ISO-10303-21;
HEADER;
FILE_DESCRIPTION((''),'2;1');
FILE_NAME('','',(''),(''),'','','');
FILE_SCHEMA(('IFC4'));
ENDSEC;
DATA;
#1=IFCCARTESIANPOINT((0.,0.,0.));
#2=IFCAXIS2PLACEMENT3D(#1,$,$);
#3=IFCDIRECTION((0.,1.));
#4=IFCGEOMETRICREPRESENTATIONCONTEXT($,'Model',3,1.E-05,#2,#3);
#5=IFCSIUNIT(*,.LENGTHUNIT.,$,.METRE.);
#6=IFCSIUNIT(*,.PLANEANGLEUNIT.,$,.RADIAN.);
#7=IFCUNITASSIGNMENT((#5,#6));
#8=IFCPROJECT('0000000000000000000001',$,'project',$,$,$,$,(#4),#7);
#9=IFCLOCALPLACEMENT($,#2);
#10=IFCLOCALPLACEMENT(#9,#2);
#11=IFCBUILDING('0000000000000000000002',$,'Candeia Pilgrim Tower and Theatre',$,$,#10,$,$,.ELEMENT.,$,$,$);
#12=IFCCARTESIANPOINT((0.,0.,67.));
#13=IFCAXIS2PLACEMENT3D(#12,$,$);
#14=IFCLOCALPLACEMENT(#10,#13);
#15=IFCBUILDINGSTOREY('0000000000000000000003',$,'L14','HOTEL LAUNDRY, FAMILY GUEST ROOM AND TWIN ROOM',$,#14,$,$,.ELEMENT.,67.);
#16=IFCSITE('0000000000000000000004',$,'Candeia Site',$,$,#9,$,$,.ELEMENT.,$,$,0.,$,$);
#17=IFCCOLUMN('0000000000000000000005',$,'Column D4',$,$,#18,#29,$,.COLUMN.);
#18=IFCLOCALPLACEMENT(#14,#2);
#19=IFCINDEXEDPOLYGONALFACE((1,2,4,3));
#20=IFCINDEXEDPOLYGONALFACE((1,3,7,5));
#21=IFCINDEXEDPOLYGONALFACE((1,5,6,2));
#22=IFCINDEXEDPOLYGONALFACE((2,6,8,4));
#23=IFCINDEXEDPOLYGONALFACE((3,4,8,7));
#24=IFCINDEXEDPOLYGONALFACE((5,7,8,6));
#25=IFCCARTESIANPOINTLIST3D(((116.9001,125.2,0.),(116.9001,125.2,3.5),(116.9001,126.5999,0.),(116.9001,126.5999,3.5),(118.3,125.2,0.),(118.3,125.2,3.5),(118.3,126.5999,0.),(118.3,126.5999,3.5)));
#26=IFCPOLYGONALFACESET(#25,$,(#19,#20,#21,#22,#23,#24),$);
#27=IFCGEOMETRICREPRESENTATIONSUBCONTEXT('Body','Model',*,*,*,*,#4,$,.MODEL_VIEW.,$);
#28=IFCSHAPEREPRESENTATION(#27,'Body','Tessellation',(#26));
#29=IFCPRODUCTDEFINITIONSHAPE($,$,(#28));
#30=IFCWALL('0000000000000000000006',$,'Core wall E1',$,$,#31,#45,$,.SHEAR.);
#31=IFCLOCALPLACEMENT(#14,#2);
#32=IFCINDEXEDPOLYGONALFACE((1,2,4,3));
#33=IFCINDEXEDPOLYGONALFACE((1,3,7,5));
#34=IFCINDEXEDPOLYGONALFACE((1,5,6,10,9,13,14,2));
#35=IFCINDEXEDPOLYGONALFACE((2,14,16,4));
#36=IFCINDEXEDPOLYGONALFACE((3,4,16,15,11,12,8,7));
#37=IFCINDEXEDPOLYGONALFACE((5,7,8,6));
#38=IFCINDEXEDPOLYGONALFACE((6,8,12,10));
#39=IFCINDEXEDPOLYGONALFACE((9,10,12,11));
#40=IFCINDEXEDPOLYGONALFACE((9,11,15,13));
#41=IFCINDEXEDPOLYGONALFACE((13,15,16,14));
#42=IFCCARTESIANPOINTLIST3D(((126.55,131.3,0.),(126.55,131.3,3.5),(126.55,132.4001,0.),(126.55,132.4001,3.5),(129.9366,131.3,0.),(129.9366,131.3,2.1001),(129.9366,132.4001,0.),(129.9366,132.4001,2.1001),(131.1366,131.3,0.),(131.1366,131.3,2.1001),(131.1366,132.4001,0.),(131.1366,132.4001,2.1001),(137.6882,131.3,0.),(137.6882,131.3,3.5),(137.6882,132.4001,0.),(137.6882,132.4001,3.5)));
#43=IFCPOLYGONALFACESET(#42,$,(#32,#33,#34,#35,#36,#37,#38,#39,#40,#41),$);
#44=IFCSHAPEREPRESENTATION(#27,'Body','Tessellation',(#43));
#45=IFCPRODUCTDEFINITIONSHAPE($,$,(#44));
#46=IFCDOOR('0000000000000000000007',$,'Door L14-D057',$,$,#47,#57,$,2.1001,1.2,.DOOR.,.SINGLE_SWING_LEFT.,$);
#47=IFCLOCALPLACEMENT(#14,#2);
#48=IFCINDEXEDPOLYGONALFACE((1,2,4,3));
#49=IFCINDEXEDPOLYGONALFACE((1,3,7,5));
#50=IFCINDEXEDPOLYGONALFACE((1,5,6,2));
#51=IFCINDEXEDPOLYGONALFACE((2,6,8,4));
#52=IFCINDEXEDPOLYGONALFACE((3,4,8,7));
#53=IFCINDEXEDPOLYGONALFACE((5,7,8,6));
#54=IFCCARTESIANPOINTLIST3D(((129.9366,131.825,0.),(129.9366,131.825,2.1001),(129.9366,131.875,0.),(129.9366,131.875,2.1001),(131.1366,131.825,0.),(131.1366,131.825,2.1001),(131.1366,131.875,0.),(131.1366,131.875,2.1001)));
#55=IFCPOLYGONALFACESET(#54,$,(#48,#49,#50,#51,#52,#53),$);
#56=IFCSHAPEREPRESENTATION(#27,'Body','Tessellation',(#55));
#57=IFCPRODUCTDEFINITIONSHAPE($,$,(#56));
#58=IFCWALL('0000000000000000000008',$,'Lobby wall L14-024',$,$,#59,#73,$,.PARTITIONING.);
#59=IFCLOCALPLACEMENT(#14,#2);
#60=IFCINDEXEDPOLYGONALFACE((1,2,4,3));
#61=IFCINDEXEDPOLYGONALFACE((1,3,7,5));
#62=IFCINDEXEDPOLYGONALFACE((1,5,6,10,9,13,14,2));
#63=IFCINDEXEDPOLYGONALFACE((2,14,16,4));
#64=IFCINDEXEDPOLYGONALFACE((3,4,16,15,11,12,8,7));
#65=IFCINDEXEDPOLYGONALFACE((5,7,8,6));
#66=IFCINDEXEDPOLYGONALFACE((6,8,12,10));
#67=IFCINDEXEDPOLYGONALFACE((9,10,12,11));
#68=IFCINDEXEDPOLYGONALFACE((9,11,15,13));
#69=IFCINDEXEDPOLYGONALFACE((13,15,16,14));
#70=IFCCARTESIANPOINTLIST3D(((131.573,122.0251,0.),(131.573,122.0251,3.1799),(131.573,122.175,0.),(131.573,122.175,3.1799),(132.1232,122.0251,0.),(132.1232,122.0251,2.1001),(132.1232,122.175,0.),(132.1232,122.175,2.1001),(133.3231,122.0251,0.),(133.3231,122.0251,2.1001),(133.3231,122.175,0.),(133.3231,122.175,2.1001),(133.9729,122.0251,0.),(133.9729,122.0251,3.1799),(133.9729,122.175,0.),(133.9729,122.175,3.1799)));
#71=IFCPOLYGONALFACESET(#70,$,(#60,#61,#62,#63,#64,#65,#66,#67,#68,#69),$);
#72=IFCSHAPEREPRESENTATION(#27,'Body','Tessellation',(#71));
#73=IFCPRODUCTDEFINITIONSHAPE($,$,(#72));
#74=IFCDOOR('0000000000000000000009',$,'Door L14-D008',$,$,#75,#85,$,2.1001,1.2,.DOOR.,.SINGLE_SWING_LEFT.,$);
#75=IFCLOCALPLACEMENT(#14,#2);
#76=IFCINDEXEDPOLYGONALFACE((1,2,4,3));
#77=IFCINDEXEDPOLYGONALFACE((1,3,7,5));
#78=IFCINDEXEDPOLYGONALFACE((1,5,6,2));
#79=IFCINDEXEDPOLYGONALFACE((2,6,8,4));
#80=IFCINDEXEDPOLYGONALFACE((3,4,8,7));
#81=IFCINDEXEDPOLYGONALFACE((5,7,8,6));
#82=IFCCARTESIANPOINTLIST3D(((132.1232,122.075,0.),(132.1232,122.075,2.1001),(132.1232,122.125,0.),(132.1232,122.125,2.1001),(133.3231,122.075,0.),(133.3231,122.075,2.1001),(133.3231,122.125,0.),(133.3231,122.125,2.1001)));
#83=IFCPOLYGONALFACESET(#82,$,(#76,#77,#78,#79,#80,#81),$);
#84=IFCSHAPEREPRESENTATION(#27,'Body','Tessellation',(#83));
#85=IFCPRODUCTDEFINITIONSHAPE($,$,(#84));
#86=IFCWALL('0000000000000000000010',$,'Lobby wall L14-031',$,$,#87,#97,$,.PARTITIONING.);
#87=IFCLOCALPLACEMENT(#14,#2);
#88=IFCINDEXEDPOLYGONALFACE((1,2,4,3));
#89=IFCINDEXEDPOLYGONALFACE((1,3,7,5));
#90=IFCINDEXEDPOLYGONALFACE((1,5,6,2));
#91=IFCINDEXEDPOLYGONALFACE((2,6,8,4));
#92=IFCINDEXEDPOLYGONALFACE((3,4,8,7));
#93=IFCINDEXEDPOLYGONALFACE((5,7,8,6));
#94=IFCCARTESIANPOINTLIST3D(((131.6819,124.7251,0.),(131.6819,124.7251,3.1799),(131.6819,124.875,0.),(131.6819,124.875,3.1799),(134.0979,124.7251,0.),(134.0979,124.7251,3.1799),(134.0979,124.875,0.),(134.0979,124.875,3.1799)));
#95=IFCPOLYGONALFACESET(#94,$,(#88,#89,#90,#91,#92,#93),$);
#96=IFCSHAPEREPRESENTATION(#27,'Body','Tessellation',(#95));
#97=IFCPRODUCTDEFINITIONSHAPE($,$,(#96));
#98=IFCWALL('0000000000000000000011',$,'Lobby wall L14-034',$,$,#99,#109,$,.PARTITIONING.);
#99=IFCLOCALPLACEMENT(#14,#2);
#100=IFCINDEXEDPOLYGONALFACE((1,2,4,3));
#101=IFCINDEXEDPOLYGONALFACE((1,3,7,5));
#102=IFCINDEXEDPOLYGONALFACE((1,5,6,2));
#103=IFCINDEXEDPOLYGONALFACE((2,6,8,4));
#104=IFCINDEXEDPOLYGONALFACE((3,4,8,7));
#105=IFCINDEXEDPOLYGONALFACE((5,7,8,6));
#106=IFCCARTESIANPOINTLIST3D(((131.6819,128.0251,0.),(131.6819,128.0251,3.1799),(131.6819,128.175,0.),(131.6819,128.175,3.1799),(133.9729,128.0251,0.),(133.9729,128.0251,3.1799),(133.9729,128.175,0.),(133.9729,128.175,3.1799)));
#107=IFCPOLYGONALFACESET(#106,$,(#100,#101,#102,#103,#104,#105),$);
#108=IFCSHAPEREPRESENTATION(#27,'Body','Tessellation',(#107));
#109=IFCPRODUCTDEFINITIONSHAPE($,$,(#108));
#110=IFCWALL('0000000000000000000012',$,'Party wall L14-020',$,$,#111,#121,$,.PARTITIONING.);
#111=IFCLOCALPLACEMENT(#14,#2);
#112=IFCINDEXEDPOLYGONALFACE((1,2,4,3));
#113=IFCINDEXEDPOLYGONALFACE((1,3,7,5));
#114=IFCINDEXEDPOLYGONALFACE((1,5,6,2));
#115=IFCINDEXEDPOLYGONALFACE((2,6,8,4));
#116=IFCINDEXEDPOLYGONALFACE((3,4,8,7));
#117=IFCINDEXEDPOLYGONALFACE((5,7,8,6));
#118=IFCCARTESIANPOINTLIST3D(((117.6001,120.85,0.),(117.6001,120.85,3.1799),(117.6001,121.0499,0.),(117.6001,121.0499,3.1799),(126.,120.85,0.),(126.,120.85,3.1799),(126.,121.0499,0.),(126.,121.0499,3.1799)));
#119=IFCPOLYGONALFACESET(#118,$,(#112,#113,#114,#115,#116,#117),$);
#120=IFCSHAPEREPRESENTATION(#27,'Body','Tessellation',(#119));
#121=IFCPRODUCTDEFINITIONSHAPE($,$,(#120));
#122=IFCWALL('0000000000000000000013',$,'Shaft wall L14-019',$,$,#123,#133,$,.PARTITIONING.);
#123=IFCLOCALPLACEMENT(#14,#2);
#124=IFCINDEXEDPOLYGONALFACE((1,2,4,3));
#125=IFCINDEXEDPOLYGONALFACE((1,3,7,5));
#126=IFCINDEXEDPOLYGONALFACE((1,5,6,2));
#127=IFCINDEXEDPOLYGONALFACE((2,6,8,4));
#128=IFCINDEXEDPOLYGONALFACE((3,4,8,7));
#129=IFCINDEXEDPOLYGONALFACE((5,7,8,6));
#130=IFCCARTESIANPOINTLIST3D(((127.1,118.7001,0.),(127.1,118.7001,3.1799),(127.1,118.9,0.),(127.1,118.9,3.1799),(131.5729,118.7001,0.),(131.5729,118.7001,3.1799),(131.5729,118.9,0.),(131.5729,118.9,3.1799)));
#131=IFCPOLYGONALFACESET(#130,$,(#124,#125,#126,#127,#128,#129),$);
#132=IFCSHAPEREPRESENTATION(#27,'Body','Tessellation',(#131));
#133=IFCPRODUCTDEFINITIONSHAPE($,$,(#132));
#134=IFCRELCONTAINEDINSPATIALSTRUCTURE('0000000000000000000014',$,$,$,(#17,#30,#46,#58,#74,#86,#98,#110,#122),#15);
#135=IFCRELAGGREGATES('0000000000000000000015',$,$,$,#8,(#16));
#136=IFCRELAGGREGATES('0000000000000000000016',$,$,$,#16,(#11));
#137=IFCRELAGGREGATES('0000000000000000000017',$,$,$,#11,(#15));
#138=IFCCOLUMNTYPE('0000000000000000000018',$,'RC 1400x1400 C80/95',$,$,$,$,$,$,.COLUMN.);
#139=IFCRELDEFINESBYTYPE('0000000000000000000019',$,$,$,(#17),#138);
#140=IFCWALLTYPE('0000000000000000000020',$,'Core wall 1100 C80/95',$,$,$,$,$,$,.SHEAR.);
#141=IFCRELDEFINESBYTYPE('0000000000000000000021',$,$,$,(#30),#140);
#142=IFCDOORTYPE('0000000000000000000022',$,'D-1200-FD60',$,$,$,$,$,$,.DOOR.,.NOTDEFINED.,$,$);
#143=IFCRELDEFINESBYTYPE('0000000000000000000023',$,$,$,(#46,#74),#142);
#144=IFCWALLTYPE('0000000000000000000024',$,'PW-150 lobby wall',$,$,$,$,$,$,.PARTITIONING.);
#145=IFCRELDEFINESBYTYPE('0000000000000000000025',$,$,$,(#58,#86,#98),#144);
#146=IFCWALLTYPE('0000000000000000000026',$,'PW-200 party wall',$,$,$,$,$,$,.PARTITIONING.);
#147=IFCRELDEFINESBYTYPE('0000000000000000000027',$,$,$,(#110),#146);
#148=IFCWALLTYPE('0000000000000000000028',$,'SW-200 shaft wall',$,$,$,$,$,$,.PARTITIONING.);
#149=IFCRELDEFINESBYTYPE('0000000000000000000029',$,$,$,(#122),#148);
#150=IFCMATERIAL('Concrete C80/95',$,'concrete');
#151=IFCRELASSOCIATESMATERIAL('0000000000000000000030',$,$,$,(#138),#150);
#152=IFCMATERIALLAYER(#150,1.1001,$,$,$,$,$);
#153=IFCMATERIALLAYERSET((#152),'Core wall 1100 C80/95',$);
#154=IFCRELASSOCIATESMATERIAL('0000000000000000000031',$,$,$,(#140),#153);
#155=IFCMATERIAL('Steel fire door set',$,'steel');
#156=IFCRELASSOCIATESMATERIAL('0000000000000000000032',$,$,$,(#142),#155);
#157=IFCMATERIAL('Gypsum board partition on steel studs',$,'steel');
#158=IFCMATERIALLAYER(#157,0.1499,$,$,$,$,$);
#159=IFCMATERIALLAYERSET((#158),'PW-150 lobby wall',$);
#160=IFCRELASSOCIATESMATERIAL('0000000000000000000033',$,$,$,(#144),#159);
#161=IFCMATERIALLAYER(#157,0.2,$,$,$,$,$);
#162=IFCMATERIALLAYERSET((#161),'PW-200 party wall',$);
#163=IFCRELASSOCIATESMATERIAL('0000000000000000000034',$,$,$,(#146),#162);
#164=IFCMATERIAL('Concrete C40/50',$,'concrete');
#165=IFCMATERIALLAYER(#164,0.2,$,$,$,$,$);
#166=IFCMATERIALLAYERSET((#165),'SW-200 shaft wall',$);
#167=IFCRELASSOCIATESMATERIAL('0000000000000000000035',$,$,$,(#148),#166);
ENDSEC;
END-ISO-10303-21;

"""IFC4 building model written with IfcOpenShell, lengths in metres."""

from ifc_helpers import new_model, si_unit, direction, frame, frame_2d, origin, origin_2d, place, context, subcontext, project, spatial, rectangle, extrude, material, layer, layer_set, material_profile, profile_set, type_object, element, fill, save


model = new_model("IFC4")

# Units and contexts
model_context = context("Model", 3, precision=1e-05, world=origin(), true_north=direction((0.0, 1.0)))
body_context = subcontext(model_context, "Body", "Model", "MODEL_VIEW")
ifc_project = project(units=[si_unit("LENGTHUNIT", "METRE"), si_unit("PLANEANGLEUNIT", "RADIAN")], contexts=[model_context])

# Site, building, storey
site_placement = place(None, origin())
site = spatial("IfcSite", under=ifc_project, at=site_placement, Name="Candeia Site", CompositionType="ELEMENT", RefElevation=0.0)
building_placement = place(site_placement, origin())
building = spatial("IfcBuilding", under=site, at=building_placement, Name="Candeia Pilgrim Tower and Theatre", CompositionType="ELEMENT")
storey_placement = place(building_placement, frame((0.0, 0.0, 67.0)))
storey = spatial("IfcBuildingStorey", under=building, at=storey_placement, Name="L14", Description="HOTEL LAUNDRY, FAMILY GUEST ROOM AND TWIN ROOM", CompositionType="ELEMENT", Elevation=67.0)

# Column
ifc_material_1 = material(Name="Concrete C80/95", Category="concrete")
ifc_material_profile = material_profile(ifc_material_1, rectangle(XDim=1.3999, YDim=1.3999, at=origin_2d()))
ifc_profile_set = profile_set([ifc_material_profile], Name="Concrete C80/95")
column_type = type_object("IfcColumnType", Name="RC 1400x1400 C80/95", PredefinedType="COLUMN", material=ifc_profile_set)
column_placement = place(storey_placement, frame((117.6001, 125.8999, 0.0), z_axis=(0.0, 0.0, 1.0), x_axis=(1.0, 0.0, 0.0)))
element("IfcColumn", 1, at=column_placement, inside=storey, type_object=column_type, Name="Column D4", PredefinedType="COLUMN", context=body_context, shape_type="SweptSolid", body=[
    extrude(rectangle(XDim=1.3999, YDim=1.3999, at=origin_2d()), origin(), (0.0, 0.0, 1.0), 3.5),
])

# Walls, openings, doors
ifc_layer_1 = layer(ifc_material_1, 1.1001)
ifc_layer_set_1 = layer_set([ifc_layer_1], Name="Core wall 1100 C80/95")
wall_type_1 = type_object("IfcWallType", Name="Core wall 1100 C80/95", PredefinedType="SHEAR", material=ifc_layer_set_1)
wall_1_placement = place(storey_placement, frame((126.55, 131.8501, 0.0), z_axis=(0.0, 0.0, 1.0), x_axis=(1.0, 0.0, 0.0)))
wall_1 = element("IfcWall", 2, at=wall_1_placement, inside=storey, type_object=wall_type_1, Name="Core wall E1", PredefinedType="SHEAR", context=body_context, shape_type="SweptSolid", body=[
    extrude(rectangle(XDim=11.1382, YDim=1.1001, at=frame_2d((5.5691, 0.0))), origin(), (0.0, 0.0, 1.0), 3.5),
])
opening_1_placement = place(wall_1_placement, frame((3.3865, 0.0, 0.0)))
opening_1 = element("IfcOpeningElement", 3, at=opening_1_placement, cuts=wall_1, PredefinedType="OPENING", context=body_context, shape_type="SweptSolid", body=[
    extrude(rectangle(XDim=1.2, YDim=2.1001, at=frame_2d((0.6001, 1.05))), frame((0.0, 0.5601, 0.0), z_axis=(0.0, -1.0, 0.0), x_axis=(1.0, 0.0, 0.0)), (0.0, 0.0, 1.0), 1.1201),
])
ifc_material_2 = material(Name="Steel fire door set", Category="steel")
door_type_1 = type_object("IfcDoorType", Name="D-1200-FD60", OperationType="NOTDEFINED", PredefinedType="DOOR", material=ifc_material_2)
door_1_placement = place(opening_1_placement, origin())
door_1 = element("IfcDoor", 4, at=door_1_placement, inside=storey, type_object=door_type_1, Name="Door L14-D057", OperationType="SINGLE_SWING_LEFT", OverallHeight=2.1001, OverallWidth=1.2, PredefinedType="DOOR", context=body_context, shape_type="SweptSolid", body=[
    extrude(rectangle(XDim=1.2, YDim=2.1001, at=frame_2d((0.6001, 1.05))), frame((0.0, 0.0249, 0.0), z_axis=(0.0, -1.0, 0.0), x_axis=(1.0, 0.0, 0.0)), (0.0, 0.0, 1.0), 0.05),
])
fill(opening_1, door_1)
ifc_material_3 = material(Name="Gypsum board partition on steel studs", Category="steel")
ifc_layer_2 = layer(ifc_material_3, 0.1499)
ifc_layer_set_2 = layer_set([ifc_layer_2], Name="PW-150 lobby wall")
wall_type_2 = type_object("IfcWallType", Name="PW-150 lobby wall", PredefinedType="PARTITIONING", material=ifc_layer_set_2)
wall_2_placement = place(storey_placement, frame((131.573, 122.1001, 0.0), z_axis=(0.0, 0.0, 1.0), x_axis=(1.0, 0.0, 0.0)))
wall_2 = element("IfcWall", 5, at=wall_2_placement, inside=storey, type_object=wall_type_2, Name="Lobby wall L14-024", PredefinedType="PARTITIONING", context=body_context, shape_type="SweptSolid", body=[
    extrude(rectangle(XDim=2.3999, YDim=0.1499, at=frame_2d((1.2, 0.0))), origin(), (0.0, 0.0, 1.0), 3.1799),
])
opening_2_placement = place(wall_2_placement, frame((0.55, 0.0, 0.0)))
opening_2 = element("IfcOpeningElement", 6, at=opening_2_placement, cuts=wall_2, PredefinedType="OPENING", context=body_context, shape_type="SweptSolid", body=[
    extrude(rectangle(XDim=1.2, YDim=2.1001, at=frame_2d((0.6001, 1.05))), frame((0.0, 0.085, 0.0), z_axis=(0.0, -1.0, 0.0), x_axis=(1.0, 0.0, 0.0)), (0.0, 0.0, 1.0), 0.1699),
])
door_2_placement = place(opening_2_placement, origin())
door_2 = element("IfcDoor", 7, at=door_2_placement, inside=storey, type_object=door_type_1, Name="Door L14-D008", OperationType="SINGLE_SWING_LEFT", OverallHeight=2.1001, OverallWidth=1.2, PredefinedType="DOOR", context=body_context, shape_type="SweptSolid", body=[
    extrude(rectangle(XDim=1.2, YDim=2.1001, at=frame_2d((0.6001, 1.05))), frame((0.0, 0.0249, 0.0), z_axis=(0.0, -1.0, 0.0), x_axis=(1.0, 0.0, 0.0)), (0.0, 0.0, 1.0), 0.05),
])
fill(opening_2, door_2)

# Walls
wall_3_placement = place(storey_placement, frame((131.6819, 124.8, 0.0), z_axis=(0.0, 0.0, 1.0), x_axis=(1.0, 0.0, 0.0)))
element("IfcWall", 8, at=wall_3_placement, inside=storey, type_object=wall_type_2, Name="Lobby wall L14-031", PredefinedType="PARTITIONING", context=body_context, shape_type="SweptSolid", body=[
    extrude(rectangle(XDim=2.416, YDim=0.1499, at=frame_2d((1.208, 0.0))), origin(), (0.0, 0.0, 1.0), 3.1799),
])
wall_4_placement = place(storey_placement, frame((131.6819, 128.1001, 0.0), z_axis=(0.0, 0.0, 1.0), x_axis=(1.0, 0.0, 0.0)))
element("IfcWall", 9, at=wall_4_placement, inside=storey, type_object=wall_type_2, Name="Lobby wall L14-034", PredefinedType="PARTITIONING", context=body_context, shape_type="SweptSolid", body=[
    extrude(rectangle(XDim=2.291, YDim=0.1499, at=frame_2d((1.1455, 0.0))), origin(), (0.0, 0.0, 1.0), 3.1799),
])
ifc_layer_3 = layer(ifc_material_3, 0.2)
ifc_layer_set_3 = layer_set([ifc_layer_3], Name="PW-200 party wall")
wall_type_3 = type_object("IfcWallType", Name="PW-200 party wall", PredefinedType="PARTITIONING", material=ifc_layer_set_3)
wall_5_placement = place(storey_placement, frame((117.6001, 120.95, 0.0), z_axis=(0.0, 0.0, 1.0), x_axis=(1.0, 0.0, 0.0)))
element("IfcWall", 10, at=wall_5_placement, inside=storey, type_object=wall_type_3, Name="Party wall L14-020", PredefinedType="PARTITIONING", context=body_context, shape_type="SweptSolid", body=[
    extrude(rectangle(XDim=8.3999, YDim=0.2, at=frame_2d((4.2, 0.0))), origin(), (0.0, 0.0, 1.0), 3.1799),
])
ifc_material_4 = material(Name="Concrete C40/50", Category="concrete")
ifc_layer_4 = layer(ifc_material_4, 0.2)
ifc_layer_set_4 = layer_set([ifc_layer_4], Name="SW-200 shaft wall")
wall_type_4 = type_object("IfcWallType", Name="SW-200 shaft wall", PredefinedType="PARTITIONING", material=ifc_layer_set_4)
wall_6_placement = place(storey_placement, frame((127.1001, 118.8, 0.0), z_axis=(0.0, 0.0, 1.0), x_axis=(1.0, 0.0, 0.0)))
element("IfcWall", 11, at=wall_6_placement, inside=storey, type_object=wall_type_4, Name="Shaft wall L14-019", PredefinedType="PARTITIONING", context=body_context, shape_type="SweptSolid", body=[
    extrude(rectangle(XDim=4.4729, YDim=0.2, at=frame_2d((2.2363, 0.0))), origin(), (0.0, 0.0, 1.0), 3.1799),
])

save(model, "model.ifc")
